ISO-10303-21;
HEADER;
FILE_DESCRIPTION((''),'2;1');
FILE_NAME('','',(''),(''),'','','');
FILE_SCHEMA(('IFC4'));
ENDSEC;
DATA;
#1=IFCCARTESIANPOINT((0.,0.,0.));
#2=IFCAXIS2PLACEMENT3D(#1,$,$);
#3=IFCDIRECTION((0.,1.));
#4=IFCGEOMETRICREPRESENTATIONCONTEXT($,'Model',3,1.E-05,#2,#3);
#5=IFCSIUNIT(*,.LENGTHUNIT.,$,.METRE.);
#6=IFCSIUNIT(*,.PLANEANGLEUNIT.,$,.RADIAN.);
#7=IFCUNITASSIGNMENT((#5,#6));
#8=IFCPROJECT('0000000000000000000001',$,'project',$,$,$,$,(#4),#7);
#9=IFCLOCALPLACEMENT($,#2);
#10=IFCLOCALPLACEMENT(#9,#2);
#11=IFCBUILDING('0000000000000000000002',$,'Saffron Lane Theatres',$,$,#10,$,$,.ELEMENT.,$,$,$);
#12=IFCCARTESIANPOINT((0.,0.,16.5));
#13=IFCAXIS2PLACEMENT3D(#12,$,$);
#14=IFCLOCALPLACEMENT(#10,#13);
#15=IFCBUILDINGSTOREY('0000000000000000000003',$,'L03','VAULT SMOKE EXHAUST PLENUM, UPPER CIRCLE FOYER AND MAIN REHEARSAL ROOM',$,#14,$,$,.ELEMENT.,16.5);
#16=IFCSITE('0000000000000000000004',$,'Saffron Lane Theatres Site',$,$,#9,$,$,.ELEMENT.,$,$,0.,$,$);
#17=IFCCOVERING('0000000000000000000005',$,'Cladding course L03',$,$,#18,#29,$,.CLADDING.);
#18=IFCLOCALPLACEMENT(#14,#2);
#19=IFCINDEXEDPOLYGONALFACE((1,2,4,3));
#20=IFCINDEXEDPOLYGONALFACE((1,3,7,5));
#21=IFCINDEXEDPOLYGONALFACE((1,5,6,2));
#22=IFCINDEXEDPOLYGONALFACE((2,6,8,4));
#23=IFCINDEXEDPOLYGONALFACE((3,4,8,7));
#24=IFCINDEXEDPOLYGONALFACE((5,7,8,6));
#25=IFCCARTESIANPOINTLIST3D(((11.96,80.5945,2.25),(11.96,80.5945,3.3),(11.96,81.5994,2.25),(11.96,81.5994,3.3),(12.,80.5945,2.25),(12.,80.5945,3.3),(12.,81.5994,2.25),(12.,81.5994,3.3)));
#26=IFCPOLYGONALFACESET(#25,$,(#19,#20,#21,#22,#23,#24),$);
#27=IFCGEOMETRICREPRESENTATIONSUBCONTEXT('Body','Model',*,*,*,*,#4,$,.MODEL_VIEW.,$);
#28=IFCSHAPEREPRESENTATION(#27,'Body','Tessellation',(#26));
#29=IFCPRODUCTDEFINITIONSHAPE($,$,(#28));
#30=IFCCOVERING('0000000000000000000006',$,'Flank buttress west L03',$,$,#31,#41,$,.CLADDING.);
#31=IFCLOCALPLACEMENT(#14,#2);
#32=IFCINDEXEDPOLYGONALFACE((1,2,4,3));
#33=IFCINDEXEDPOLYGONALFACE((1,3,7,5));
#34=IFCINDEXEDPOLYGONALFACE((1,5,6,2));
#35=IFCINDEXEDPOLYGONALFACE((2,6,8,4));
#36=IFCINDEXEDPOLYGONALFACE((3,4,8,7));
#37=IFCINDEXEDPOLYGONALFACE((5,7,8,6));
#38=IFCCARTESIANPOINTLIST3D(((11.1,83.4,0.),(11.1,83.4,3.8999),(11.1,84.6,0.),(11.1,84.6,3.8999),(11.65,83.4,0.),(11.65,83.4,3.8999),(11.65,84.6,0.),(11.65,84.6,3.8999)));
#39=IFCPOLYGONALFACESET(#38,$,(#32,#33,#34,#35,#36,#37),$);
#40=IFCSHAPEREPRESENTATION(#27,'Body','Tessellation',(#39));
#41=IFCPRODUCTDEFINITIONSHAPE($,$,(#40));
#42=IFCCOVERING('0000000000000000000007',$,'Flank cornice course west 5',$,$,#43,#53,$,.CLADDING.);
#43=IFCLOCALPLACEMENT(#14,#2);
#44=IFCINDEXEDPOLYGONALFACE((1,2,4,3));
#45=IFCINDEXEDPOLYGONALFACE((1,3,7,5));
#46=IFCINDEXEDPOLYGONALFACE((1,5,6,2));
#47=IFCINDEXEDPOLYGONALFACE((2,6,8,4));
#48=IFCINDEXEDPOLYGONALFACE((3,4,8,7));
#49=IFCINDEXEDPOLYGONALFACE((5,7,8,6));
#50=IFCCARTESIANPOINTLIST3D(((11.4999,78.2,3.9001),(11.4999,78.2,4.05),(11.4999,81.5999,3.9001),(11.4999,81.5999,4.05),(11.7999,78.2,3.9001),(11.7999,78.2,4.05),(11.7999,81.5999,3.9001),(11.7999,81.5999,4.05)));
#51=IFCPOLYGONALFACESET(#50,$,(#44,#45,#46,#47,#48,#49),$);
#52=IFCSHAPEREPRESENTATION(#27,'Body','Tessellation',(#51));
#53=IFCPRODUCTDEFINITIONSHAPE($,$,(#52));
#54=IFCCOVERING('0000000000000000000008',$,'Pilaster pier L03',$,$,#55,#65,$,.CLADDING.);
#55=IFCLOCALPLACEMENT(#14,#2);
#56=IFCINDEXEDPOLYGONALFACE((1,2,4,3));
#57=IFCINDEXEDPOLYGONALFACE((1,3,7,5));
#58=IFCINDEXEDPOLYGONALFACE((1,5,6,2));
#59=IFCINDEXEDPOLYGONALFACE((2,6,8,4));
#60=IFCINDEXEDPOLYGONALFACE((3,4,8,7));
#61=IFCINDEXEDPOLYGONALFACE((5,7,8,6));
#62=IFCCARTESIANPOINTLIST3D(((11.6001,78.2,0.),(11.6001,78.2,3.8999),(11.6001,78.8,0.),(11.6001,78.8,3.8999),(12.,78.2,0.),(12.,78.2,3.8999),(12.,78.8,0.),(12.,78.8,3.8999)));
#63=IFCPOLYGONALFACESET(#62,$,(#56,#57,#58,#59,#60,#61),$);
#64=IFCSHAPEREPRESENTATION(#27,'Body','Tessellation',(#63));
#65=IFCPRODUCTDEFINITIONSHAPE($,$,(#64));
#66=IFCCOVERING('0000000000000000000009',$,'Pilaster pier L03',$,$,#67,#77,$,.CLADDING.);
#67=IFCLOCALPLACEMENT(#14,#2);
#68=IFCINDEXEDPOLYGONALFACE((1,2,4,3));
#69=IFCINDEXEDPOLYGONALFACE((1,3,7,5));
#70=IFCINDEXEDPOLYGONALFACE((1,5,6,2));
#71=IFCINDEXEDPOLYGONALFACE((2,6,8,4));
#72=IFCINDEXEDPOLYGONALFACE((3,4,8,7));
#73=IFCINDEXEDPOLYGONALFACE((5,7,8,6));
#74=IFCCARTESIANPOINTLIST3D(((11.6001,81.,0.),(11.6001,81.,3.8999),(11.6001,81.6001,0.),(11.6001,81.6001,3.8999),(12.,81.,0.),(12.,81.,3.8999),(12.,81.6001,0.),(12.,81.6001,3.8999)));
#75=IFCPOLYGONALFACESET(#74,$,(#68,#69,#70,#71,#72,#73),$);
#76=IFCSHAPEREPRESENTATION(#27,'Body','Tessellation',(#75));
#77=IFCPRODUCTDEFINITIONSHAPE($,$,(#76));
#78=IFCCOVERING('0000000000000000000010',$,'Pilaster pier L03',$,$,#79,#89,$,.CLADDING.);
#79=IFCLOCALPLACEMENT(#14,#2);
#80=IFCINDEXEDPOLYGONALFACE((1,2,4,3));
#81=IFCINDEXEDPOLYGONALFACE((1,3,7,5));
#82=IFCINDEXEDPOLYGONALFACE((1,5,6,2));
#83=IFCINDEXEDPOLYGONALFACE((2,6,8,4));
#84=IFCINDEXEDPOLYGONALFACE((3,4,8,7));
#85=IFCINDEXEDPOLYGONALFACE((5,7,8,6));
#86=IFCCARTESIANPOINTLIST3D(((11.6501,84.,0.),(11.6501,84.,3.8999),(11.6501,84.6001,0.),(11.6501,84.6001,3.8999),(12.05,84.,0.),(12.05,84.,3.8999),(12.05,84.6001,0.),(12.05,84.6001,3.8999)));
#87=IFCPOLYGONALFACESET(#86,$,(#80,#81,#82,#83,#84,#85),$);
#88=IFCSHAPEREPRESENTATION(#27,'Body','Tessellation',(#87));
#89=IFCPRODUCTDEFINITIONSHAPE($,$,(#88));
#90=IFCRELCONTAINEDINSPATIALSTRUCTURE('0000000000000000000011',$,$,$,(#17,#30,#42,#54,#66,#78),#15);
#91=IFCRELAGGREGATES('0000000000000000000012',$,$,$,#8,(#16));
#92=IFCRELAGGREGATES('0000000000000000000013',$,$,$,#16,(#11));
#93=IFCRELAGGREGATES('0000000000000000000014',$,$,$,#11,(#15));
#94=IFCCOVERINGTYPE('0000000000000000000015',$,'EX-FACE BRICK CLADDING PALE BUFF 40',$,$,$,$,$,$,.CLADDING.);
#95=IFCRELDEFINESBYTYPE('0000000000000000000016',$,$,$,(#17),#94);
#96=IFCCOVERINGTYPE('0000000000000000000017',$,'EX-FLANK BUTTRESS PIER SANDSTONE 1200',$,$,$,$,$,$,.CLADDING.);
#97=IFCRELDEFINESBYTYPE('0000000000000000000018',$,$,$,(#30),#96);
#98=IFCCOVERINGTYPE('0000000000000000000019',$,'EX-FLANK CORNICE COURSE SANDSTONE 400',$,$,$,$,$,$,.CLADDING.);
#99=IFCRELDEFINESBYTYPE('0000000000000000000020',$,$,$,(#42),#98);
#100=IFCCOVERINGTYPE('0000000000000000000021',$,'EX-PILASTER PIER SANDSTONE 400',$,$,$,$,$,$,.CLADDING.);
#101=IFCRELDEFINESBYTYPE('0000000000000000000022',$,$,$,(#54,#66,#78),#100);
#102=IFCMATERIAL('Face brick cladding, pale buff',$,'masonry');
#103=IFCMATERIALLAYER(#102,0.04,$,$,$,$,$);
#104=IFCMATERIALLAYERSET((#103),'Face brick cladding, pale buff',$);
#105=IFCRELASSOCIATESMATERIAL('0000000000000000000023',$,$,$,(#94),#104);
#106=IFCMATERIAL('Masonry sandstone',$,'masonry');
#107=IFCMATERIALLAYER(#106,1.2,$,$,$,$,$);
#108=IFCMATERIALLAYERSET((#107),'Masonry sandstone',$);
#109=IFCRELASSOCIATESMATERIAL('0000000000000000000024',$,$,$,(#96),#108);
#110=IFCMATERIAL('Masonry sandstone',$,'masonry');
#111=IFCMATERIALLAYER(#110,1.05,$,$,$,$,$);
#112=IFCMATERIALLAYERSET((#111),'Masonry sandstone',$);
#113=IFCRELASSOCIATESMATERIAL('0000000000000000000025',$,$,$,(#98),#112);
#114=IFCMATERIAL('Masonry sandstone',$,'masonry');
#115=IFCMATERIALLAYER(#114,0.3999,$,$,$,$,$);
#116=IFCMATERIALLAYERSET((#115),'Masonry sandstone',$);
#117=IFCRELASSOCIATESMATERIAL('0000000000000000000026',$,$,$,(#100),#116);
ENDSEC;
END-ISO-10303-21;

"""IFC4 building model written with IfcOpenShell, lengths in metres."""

from ifc_helpers import new_model, si_unit, direction, frame, origin, origin_2d, place, context, subcontext, project, spatial, rectangle, extrude, material, layer, layer_set, type_object, element, save


model = new_model("IFC4")

# Units and contexts
model_context = context("Model", 3, precision=1e-05, world=origin(), true_north=direction((0.0, 1.0)))
body_context = subcontext(model_context, "Body", "Model", "MODEL_VIEW")
ifc_project = project(units=[si_unit("LENGTHUNIT", "METRE"), si_unit("PLANEANGLEUNIT", "RADIAN")], contexts=[model_context])

# Site, building, storey
site_placement = place(None, origin())
site = spatial("IfcSite", under=ifc_project, at=site_placement, Name="Saffron Lane Theatres Site", CompositionType="ELEMENT", RefElevation=0.0)
building_placement = place(site_placement, origin())
building = spatial("IfcBuilding", under=site, at=building_placement, Name="Saffron Lane Theatres", CompositionType="ELEMENT")
storey_placement = place(building_placement, frame((0.0, 0.0, 16.5)))
storey = spatial("IfcBuildingStorey", under=building, at=storey_placement, Name="L03", Description="VAULT SMOKE EXHAUST PLENUM, UPPER CIRCLE FOYER AND MAIN REHEARSAL ROOM", CompositionType="ELEMENT", Elevation=16.5)

# Coverings
ifc_material_1 = material(Name="Face brick cladding, pale buff", Category="masonry")
ifc_layer_1 = layer(ifc_material_1, 0.04)
ifc_layer_set_1 = layer_set([ifc_layer_1], Name="Face brick cladding, pale buff")
covering_type_1 = type_object("IfcCoveringType", Name="EX-FACE BRICK CLADDING PALE BUFF 40", PredefinedType="CLADDING", material=ifc_layer_set_1)
for number, where, z_axis, x_axis, name in (
    (1, (11.98, 81.0969, 2.25), (0.0, 0.0, 1.0), (0.0, 1.0, 0.0), "Cladding course L03"),
):
    element("IfcCovering", number, at=place(storey_placement, frame(where, z_axis=z_axis, x_axis=x_axis)), inside=storey, type_object=covering_type_1, Name=name, PredefinedType="CLADDING", context=body_context, shape_type="SweptSolid", body=[
        extrude(rectangle(XDim=1.0049, YDim=0.04, at=origin_2d()), origin(), (0.0, 0.0, 1.0), 1.05),
    ])
ifc_material_2 = material(Name="Masonry sandstone", Category="masonry")
ifc_layer_2 = layer(ifc_material_2, 1.2)
ifc_layer_set_2 = layer_set([ifc_layer_2], Name="Masonry sandstone")
covering_type_2 = type_object("IfcCoveringType", Name="EX-FLANK BUTTRESS PIER SANDSTONE 1200", PredefinedType="CLADDING", material=ifc_layer_set_2)
covering_1_placement = place(storey_placement, frame((11.375, 84.0, 0.0), z_axis=(0.0, 0.0, 1.0), x_axis=(0.0, 1.0, 0.0)))
element("IfcCovering", 2, at=covering_1_placement, inside=storey, type_object=covering_type_2, Name="Flank buttress west L03", PredefinedType="CLADDING", context=body_context, shape_type="SweptSolid", body=[
    extrude(rectangle(XDim=1.2, YDim=0.55, at=origin_2d()), origin(), (0.0, 0.0, 1.0), 3.8999),
])
ifc_material_3 = material(Name="Masonry sandstone", Category="masonry")
ifc_layer_3 = layer(ifc_material_3, 1.05)
ifc_layer_set_3 = layer_set([ifc_layer_3], Name="Masonry sandstone")
covering_type_3 = type_object("IfcCoveringType", Name="EX-FLANK CORNICE COURSE SANDSTONE 400", PredefinedType="CLADDING", material=ifc_layer_set_3)
covering_2_placement = place(storey_placement, frame((11.6499, 79.8999, 3.9001), z_axis=(0.0, 0.0, 1.0), x_axis=(0.0, 1.0, 0.0)))
element("IfcCovering", 3, at=covering_2_placement, inside=storey, type_object=covering_type_3, Name="Flank cornice course west 5", PredefinedType="CLADDING", context=body_context, shape_type="SweptSolid", body=[
    extrude(rectangle(XDim=3.3999, YDim=0.3, at=origin_2d()), origin(), (0.0, 0.0, 1.0), 0.1499),
])
ifc_material_4 = material(Name="Masonry sandstone", Category="masonry")
ifc_layer_4 = layer(ifc_material_4, 0.3999)
ifc_layer_set_4 = layer_set([ifc_layer_4], Name="Masonry sandstone")
covering_type_4 = type_object("IfcCoveringType", Name="EX-PILASTER PIER SANDSTONE 400", PredefinedType="CLADDING", material=ifc_layer_set_4)
for number, where, z_axis, x_axis, name in (
    (4, (11.8, 78.5, 0.0), (0.0, 0.0, 1.0), (0.0, 1.0, 0.0), "Pilaster pier L03"),
    (5, (11.8, 81.3, 0.0), (0.0, 0.0, 1.0), (0.0, 1.0, 0.0), "Pilaster pier L03"),
    (6, (11.8501, 84.3, 0.0), (0.0, 0.0, 1.0), (0.0, 1.0, 0.0), "Pilaster pier L03"),
):
    element("IfcCovering", number, at=place(storey_placement, frame(where, z_axis=z_axis, x_axis=x_axis)), inside=storey, type_object=covering_type_4, Name=name, PredefinedType="CLADDING", context=body_context, shape_type="SweptSolid", body=[
        extrude(rectangle(XDim=0.6001, YDim=0.3999, at=origin_2d()), origin(), (0.0, 0.0, 1.0), 3.8999),
    ])

save(model, "model.ifc")
